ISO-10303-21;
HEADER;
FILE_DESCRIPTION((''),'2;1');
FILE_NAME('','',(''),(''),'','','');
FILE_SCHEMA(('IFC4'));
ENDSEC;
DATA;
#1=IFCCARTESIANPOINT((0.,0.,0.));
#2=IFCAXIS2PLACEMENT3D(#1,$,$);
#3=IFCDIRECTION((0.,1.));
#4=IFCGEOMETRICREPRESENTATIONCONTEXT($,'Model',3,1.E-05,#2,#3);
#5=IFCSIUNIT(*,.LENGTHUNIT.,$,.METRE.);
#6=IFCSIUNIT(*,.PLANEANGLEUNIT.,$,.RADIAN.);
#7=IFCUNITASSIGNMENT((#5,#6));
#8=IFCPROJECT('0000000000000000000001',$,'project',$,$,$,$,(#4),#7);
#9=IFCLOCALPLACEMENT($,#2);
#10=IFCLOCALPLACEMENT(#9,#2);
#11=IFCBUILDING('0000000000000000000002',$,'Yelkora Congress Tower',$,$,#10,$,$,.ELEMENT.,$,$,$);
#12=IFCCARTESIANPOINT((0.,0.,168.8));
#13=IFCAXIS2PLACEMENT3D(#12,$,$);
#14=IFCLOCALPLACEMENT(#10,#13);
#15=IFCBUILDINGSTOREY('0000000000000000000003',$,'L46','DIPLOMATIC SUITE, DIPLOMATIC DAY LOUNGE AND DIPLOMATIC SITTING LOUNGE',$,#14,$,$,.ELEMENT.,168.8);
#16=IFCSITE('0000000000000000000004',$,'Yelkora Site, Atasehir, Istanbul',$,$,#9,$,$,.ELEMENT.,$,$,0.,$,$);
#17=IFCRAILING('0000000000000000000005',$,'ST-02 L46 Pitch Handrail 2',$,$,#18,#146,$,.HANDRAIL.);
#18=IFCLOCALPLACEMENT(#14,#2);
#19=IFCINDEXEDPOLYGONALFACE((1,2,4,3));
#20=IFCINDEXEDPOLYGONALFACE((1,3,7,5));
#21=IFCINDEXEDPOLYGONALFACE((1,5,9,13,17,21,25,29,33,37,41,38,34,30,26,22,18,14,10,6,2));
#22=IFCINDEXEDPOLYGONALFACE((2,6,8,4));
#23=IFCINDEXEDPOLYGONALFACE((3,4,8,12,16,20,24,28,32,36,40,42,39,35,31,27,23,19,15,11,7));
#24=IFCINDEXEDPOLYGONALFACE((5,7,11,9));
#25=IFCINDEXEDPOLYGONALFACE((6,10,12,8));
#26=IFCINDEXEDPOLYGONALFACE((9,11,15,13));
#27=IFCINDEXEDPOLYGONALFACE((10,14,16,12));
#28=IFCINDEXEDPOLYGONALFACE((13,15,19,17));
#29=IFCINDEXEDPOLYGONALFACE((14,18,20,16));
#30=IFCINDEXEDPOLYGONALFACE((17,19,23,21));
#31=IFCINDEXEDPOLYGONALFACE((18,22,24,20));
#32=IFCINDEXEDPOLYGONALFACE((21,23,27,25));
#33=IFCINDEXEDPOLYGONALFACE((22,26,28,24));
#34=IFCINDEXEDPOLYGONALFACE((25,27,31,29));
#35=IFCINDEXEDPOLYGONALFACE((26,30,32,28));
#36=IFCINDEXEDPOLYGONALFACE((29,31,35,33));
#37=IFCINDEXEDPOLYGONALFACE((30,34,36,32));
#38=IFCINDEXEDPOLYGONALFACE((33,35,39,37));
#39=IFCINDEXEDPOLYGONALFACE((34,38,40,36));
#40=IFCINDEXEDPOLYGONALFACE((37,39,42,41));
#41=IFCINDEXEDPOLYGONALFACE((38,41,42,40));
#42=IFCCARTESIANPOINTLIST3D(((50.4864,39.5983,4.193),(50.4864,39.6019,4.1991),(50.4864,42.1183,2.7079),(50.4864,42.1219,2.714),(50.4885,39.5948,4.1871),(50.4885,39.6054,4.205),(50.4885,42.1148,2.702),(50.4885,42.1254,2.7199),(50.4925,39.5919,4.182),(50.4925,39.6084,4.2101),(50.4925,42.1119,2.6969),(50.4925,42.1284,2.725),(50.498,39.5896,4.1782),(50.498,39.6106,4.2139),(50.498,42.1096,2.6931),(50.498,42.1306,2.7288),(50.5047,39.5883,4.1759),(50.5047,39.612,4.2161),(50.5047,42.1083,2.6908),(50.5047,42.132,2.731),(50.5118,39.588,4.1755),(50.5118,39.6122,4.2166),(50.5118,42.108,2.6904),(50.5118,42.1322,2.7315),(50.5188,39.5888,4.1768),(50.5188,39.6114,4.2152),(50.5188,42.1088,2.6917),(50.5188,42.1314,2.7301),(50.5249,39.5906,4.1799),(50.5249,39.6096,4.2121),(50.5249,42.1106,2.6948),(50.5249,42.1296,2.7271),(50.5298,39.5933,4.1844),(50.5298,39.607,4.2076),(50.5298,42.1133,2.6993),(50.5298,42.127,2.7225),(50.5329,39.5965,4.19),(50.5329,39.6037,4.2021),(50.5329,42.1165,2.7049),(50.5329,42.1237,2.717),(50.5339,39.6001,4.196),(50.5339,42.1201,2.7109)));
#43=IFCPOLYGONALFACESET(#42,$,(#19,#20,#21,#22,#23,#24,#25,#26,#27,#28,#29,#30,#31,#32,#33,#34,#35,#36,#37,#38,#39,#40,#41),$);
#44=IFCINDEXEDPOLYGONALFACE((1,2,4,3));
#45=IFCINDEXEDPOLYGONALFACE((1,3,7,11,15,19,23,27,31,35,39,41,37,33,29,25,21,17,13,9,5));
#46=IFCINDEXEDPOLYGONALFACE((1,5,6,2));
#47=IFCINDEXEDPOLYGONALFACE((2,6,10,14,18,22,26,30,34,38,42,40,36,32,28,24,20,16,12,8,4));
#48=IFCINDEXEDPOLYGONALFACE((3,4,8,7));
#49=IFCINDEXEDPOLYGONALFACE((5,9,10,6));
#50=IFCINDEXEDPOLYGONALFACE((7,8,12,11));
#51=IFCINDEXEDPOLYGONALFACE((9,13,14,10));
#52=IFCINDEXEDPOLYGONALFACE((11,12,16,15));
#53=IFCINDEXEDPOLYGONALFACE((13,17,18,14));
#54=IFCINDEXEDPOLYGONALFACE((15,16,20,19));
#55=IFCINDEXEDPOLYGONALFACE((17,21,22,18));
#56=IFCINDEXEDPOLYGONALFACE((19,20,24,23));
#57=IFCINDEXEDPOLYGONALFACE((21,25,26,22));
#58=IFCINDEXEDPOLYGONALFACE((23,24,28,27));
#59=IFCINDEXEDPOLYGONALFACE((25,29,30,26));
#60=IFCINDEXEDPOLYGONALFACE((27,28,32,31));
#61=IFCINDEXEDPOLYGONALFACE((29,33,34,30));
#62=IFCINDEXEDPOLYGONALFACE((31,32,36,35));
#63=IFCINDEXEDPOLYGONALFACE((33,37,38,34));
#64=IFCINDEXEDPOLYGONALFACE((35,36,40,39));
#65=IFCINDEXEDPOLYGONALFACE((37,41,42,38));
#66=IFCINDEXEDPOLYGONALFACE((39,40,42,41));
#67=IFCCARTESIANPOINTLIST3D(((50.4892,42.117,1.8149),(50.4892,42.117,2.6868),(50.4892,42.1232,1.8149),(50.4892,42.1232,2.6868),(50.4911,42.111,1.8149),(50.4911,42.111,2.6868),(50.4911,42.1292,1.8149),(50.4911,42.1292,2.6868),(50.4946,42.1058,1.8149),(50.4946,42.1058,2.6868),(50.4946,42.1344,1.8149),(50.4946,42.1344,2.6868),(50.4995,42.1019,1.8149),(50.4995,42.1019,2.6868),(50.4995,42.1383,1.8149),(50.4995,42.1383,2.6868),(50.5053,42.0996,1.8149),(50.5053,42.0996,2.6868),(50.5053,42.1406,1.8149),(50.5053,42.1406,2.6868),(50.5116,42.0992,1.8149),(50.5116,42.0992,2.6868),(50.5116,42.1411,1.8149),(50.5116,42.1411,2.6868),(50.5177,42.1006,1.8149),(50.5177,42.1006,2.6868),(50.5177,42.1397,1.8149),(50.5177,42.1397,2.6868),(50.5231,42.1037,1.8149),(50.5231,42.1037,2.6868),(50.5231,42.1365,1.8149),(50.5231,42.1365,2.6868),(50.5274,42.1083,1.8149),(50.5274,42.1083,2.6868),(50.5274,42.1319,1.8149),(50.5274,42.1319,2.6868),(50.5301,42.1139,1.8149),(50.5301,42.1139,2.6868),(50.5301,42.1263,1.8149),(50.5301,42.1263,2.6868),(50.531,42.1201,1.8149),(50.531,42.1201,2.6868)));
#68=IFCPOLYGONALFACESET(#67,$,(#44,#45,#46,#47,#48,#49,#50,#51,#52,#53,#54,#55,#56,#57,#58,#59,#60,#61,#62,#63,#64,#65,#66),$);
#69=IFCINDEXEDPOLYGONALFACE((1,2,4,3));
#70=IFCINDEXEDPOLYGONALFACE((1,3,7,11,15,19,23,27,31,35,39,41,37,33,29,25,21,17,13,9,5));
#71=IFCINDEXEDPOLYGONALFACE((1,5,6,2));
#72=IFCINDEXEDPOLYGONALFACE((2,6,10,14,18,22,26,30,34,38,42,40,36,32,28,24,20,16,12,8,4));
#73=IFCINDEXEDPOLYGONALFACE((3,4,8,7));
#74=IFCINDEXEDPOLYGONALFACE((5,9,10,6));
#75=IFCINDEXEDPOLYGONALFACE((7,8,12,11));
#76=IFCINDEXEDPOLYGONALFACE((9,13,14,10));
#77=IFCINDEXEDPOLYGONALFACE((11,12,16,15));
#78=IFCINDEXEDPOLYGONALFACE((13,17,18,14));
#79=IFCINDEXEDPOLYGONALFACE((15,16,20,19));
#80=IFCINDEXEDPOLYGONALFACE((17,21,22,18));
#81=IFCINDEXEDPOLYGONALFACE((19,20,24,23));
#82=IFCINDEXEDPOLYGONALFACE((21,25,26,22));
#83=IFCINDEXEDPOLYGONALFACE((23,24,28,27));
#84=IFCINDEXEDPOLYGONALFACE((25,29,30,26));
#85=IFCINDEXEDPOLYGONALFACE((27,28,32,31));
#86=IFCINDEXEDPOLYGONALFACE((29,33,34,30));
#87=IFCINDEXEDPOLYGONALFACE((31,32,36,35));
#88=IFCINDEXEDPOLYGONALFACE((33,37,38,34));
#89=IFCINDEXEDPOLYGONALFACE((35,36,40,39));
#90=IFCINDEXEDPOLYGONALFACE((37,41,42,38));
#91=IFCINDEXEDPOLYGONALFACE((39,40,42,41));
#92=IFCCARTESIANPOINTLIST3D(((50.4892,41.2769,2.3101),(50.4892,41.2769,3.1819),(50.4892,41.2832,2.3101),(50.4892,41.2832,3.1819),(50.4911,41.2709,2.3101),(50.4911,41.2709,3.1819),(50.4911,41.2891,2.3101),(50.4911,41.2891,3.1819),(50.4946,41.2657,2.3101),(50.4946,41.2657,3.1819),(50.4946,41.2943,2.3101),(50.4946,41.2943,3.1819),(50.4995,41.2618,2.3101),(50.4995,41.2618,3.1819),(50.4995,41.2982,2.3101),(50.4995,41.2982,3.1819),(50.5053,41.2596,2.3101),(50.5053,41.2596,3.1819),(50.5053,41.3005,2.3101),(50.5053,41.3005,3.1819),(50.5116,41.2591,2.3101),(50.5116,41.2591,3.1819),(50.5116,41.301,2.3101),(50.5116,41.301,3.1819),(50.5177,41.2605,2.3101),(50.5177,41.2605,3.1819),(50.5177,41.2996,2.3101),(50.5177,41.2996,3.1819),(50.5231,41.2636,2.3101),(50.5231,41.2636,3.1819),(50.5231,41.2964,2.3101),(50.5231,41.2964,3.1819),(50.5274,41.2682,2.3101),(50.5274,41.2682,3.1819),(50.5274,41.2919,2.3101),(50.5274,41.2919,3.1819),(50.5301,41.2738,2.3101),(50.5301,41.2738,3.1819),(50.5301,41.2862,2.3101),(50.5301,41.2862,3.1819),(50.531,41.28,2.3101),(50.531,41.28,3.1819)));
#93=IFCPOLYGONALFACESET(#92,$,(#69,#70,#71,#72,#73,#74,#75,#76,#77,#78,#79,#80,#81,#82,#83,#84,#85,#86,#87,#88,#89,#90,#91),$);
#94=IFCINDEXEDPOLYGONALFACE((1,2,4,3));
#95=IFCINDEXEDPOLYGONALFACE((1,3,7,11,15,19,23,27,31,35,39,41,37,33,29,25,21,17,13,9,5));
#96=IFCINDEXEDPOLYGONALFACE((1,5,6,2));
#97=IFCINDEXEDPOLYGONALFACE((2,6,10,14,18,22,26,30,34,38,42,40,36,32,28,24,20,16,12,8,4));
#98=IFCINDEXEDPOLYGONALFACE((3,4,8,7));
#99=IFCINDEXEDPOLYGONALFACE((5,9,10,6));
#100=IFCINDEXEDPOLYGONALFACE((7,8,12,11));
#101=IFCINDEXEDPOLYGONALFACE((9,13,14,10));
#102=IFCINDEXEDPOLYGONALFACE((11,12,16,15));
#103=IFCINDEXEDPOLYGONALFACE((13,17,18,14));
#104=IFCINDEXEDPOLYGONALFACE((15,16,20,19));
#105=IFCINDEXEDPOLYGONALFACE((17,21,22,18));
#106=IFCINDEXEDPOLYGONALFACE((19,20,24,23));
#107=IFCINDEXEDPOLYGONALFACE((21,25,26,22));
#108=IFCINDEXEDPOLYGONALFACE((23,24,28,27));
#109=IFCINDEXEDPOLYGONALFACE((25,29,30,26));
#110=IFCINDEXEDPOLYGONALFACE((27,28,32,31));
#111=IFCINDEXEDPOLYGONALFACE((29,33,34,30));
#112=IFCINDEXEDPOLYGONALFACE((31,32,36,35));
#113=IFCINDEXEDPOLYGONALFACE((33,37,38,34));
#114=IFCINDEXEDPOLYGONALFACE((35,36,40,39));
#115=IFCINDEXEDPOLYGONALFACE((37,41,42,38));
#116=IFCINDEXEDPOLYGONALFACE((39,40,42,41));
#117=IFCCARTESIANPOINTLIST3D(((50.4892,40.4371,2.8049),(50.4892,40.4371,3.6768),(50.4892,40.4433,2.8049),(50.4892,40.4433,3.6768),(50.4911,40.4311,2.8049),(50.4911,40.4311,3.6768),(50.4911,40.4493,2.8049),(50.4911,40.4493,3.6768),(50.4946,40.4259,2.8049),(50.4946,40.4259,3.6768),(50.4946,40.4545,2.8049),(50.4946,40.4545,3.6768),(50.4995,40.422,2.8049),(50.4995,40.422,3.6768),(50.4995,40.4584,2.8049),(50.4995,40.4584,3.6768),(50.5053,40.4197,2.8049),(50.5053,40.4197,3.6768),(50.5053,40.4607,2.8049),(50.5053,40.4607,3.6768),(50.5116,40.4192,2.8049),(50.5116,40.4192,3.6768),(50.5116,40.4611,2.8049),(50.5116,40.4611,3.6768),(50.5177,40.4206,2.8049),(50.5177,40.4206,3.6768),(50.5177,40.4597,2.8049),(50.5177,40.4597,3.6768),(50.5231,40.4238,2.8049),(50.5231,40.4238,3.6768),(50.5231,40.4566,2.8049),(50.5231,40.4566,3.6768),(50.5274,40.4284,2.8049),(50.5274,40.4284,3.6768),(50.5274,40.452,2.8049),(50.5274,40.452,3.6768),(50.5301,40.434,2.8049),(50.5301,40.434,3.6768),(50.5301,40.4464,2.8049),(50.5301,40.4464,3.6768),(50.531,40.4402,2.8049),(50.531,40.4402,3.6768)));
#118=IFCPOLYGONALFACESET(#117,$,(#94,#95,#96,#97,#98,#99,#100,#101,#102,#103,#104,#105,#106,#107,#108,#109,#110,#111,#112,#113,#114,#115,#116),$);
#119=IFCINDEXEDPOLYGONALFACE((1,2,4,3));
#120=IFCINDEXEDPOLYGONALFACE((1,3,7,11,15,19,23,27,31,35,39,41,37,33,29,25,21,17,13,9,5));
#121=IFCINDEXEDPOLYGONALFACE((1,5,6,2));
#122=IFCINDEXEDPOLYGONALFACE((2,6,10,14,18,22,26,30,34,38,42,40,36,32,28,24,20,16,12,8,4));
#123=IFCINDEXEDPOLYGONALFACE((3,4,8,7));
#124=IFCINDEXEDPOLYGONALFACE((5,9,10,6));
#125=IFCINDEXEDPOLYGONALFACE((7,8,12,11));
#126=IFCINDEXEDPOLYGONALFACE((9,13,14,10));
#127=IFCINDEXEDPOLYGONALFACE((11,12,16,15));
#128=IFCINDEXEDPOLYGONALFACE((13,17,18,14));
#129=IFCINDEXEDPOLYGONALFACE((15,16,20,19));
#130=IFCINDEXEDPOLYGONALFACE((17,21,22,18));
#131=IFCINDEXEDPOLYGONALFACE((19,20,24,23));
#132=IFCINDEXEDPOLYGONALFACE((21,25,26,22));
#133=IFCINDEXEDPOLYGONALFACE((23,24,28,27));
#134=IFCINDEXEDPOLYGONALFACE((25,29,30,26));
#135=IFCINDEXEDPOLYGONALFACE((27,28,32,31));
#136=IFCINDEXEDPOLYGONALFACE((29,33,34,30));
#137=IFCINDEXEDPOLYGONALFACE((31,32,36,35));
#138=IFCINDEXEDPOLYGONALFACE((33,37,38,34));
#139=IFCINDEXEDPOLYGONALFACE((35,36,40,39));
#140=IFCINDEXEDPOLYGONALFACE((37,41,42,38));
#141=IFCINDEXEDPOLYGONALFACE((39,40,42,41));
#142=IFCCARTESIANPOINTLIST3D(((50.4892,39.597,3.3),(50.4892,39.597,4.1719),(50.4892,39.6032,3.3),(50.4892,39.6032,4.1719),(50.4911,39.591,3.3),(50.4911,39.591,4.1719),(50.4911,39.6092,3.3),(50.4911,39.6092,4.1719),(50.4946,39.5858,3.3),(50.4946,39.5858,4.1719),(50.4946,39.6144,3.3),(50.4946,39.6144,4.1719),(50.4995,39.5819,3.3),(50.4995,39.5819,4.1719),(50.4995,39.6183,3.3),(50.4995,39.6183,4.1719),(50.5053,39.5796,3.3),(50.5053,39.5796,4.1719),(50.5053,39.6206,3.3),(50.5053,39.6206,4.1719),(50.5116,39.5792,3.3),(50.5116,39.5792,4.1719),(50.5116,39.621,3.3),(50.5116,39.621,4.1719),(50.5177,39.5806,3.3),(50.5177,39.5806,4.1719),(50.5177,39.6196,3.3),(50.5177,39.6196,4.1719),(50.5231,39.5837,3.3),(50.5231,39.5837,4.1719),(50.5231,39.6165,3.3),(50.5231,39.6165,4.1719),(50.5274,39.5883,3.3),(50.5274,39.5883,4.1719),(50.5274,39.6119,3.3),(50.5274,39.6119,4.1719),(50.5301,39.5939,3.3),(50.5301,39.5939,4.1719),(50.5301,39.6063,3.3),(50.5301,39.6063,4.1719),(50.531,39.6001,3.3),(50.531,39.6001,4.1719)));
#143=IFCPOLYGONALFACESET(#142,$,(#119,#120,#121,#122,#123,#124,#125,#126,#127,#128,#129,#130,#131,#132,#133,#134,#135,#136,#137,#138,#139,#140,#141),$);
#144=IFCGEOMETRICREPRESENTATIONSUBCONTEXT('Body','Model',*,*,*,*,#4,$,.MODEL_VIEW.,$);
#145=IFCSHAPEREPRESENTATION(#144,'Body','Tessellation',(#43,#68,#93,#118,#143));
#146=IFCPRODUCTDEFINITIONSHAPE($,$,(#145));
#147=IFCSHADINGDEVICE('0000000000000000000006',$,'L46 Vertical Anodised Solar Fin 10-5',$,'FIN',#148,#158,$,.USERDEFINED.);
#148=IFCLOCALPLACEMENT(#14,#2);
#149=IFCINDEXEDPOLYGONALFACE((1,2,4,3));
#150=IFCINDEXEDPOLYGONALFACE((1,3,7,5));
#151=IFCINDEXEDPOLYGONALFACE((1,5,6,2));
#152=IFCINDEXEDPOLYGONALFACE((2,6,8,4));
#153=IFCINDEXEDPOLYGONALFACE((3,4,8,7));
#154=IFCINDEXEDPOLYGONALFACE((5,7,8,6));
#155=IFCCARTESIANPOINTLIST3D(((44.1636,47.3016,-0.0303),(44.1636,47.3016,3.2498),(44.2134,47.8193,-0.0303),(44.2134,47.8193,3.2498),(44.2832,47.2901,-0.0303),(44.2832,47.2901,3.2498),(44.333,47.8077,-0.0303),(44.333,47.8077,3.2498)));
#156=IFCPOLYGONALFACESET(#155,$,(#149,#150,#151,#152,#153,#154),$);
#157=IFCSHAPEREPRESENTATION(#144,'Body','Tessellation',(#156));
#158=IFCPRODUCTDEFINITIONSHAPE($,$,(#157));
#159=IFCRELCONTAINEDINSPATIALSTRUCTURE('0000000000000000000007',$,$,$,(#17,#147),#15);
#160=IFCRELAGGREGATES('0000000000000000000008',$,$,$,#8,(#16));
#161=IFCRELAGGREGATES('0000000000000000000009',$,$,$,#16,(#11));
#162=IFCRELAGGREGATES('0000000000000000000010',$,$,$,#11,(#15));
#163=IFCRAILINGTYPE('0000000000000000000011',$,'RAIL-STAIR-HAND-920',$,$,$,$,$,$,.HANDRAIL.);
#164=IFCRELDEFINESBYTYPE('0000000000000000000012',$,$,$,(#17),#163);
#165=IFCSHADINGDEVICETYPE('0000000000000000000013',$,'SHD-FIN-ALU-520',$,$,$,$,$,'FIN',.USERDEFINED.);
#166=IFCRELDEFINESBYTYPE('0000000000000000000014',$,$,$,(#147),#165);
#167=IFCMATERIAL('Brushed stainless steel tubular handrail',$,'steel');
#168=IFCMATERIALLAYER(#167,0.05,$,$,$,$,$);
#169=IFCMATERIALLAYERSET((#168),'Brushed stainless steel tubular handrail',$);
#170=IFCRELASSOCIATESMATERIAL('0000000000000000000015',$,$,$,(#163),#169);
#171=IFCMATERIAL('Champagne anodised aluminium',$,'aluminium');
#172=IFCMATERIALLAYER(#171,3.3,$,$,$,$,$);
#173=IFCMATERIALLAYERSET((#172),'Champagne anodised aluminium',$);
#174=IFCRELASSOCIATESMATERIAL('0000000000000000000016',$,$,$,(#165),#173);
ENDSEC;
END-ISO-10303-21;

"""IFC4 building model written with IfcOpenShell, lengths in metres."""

from ifc_helpers import new_model, si_unit, direction, frame, origin, origin_2d, place, context, subcontext, project, spatial, rectangle, circle, extrude, material, layer, layer_set, type_object, element, save


model = new_model("IFC4")

# Units and contexts
model_context = context("Model", 3, precision=1e-05, world=origin(), true_north=direction((0.0, 1.0)))
body_context = subcontext(model_context, "Body", "Model", "MODEL_VIEW")
ifc_project = project(units=[si_unit("LENGTHUNIT", "METRE"), si_unit("PLANEANGLEUNIT", "RADIAN")], contexts=[model_context])

# Site, building, storey
site_placement = place(None, origin())
site = spatial("IfcSite", under=ifc_project, at=site_placement, Name="Yelkora Site, Atasehir, Istanbul", CompositionType="ELEMENT", RefElevation=0.0)
building_placement = place(site_placement, origin())
building = spatial("IfcBuilding", under=site, at=building_placement, Name="Yelkora Congress Tower", CompositionType="ELEMENT")
storey_placement = place(building_placement, frame((0.0, 0.0, 168.8)))
storey = spatial("IfcBuildingStorey", under=building, at=storey_placement, Name="L46", Description="DIPLOMATIC SUITE, DIPLOMATIC DAY LOUNGE AND DIPLOMATIC SITTING LOUNGE", CompositionType="ELEMENT", Elevation=168.8)

# Railing
ifc_material_1 = material(Name="Brushed stainless steel tubular handrail", Category="steel")
ifc_layer_1 = layer(ifc_material_1, 0.05)
ifc_layer_set_1 = layer_set([ifc_layer_1], Name="Brushed stainless steel tubular handrail")
railing_type_1 = type_object("IfcRailingType", Name="RAIL-STAIR-HAND-920", PredefinedType="HANDRAIL", material=ifc_layer_set_1)
railing_1_placement = place(storey_placement, frame((50.51, 42.1201, 1.8149)))
element("IfcRailing", 1, at=railing_1_placement, inside=storey, type_object=railing_type_1, Name="ST-02 L46 Pitch Handrail 2", PredefinedType="HANDRAIL", context=body_context, shape_type="SweptSolid", body=[
    extrude(circle(Radius=0.0239, at=origin_2d()), frame((0.0, 0.0, 0.896), z_axis=(0.0, -0.861524, 0.507717), x_axis=(1.0, 0.0, 0.0)), (0.0, 0.0, 1.0), 2.925),
    extrude(circle(Radius=0.021, at=origin_2d()), origin(), (0.0, 0.0, 1.0), 0.8718),
    extrude(circle(Radius=0.021, at=origin_2d()), frame((0.0, -0.8401, 0.4951)), (0.0, 0.0, 1.0), 0.8718),
    extrude(circle(Radius=0.021, at=origin_2d()), frame((0.0, -1.6799, 0.99)), (0.0, 0.0, 1.0), 0.8718),
    extrude(circle(Radius=0.021, at=origin_2d()), frame((0.0, -2.52, 1.4851)), (0.0, 0.0, 1.0), 0.8718),
])

# Shading device
ifc_material_2 = material(Name="Champagne anodised aluminium", Category="aluminium")
ifc_layer_2 = layer(ifc_material_2, 3.3)
ifc_layer_set_2 = layer_set([ifc_layer_2], Name="Champagne anodised aluminium")
shading_device_type = type_object("IfcShadingDeviceType", Name="SHD-FIN-ALU-520", ElementType="FIN", PredefinedType="USERDEFINED", material=ifc_layer_set_2)
shading_device_placement = place(storey_placement, frame((44.2483, 47.5547, -0.0303), z_axis=(0.0, 0.0, 1.0), x_axis=(0.995396, -0.095846, 0.0)))
element("IfcShadingDevice", 2, at=shading_device_placement, inside=storey, type_object=shading_device_type, Name="L46 Vertical Anodised Solar Fin 10-5", ObjectType="FIN", PredefinedType="USERDEFINED", context=body_context, shape_type="SweptSolid", body=[
    extrude(rectangle(XDim=0.1201, YDim=0.52, at=origin_2d()), origin(), (0.0, 0.0, 1.0), 3.28),
])

save(model, "model.ifc")
